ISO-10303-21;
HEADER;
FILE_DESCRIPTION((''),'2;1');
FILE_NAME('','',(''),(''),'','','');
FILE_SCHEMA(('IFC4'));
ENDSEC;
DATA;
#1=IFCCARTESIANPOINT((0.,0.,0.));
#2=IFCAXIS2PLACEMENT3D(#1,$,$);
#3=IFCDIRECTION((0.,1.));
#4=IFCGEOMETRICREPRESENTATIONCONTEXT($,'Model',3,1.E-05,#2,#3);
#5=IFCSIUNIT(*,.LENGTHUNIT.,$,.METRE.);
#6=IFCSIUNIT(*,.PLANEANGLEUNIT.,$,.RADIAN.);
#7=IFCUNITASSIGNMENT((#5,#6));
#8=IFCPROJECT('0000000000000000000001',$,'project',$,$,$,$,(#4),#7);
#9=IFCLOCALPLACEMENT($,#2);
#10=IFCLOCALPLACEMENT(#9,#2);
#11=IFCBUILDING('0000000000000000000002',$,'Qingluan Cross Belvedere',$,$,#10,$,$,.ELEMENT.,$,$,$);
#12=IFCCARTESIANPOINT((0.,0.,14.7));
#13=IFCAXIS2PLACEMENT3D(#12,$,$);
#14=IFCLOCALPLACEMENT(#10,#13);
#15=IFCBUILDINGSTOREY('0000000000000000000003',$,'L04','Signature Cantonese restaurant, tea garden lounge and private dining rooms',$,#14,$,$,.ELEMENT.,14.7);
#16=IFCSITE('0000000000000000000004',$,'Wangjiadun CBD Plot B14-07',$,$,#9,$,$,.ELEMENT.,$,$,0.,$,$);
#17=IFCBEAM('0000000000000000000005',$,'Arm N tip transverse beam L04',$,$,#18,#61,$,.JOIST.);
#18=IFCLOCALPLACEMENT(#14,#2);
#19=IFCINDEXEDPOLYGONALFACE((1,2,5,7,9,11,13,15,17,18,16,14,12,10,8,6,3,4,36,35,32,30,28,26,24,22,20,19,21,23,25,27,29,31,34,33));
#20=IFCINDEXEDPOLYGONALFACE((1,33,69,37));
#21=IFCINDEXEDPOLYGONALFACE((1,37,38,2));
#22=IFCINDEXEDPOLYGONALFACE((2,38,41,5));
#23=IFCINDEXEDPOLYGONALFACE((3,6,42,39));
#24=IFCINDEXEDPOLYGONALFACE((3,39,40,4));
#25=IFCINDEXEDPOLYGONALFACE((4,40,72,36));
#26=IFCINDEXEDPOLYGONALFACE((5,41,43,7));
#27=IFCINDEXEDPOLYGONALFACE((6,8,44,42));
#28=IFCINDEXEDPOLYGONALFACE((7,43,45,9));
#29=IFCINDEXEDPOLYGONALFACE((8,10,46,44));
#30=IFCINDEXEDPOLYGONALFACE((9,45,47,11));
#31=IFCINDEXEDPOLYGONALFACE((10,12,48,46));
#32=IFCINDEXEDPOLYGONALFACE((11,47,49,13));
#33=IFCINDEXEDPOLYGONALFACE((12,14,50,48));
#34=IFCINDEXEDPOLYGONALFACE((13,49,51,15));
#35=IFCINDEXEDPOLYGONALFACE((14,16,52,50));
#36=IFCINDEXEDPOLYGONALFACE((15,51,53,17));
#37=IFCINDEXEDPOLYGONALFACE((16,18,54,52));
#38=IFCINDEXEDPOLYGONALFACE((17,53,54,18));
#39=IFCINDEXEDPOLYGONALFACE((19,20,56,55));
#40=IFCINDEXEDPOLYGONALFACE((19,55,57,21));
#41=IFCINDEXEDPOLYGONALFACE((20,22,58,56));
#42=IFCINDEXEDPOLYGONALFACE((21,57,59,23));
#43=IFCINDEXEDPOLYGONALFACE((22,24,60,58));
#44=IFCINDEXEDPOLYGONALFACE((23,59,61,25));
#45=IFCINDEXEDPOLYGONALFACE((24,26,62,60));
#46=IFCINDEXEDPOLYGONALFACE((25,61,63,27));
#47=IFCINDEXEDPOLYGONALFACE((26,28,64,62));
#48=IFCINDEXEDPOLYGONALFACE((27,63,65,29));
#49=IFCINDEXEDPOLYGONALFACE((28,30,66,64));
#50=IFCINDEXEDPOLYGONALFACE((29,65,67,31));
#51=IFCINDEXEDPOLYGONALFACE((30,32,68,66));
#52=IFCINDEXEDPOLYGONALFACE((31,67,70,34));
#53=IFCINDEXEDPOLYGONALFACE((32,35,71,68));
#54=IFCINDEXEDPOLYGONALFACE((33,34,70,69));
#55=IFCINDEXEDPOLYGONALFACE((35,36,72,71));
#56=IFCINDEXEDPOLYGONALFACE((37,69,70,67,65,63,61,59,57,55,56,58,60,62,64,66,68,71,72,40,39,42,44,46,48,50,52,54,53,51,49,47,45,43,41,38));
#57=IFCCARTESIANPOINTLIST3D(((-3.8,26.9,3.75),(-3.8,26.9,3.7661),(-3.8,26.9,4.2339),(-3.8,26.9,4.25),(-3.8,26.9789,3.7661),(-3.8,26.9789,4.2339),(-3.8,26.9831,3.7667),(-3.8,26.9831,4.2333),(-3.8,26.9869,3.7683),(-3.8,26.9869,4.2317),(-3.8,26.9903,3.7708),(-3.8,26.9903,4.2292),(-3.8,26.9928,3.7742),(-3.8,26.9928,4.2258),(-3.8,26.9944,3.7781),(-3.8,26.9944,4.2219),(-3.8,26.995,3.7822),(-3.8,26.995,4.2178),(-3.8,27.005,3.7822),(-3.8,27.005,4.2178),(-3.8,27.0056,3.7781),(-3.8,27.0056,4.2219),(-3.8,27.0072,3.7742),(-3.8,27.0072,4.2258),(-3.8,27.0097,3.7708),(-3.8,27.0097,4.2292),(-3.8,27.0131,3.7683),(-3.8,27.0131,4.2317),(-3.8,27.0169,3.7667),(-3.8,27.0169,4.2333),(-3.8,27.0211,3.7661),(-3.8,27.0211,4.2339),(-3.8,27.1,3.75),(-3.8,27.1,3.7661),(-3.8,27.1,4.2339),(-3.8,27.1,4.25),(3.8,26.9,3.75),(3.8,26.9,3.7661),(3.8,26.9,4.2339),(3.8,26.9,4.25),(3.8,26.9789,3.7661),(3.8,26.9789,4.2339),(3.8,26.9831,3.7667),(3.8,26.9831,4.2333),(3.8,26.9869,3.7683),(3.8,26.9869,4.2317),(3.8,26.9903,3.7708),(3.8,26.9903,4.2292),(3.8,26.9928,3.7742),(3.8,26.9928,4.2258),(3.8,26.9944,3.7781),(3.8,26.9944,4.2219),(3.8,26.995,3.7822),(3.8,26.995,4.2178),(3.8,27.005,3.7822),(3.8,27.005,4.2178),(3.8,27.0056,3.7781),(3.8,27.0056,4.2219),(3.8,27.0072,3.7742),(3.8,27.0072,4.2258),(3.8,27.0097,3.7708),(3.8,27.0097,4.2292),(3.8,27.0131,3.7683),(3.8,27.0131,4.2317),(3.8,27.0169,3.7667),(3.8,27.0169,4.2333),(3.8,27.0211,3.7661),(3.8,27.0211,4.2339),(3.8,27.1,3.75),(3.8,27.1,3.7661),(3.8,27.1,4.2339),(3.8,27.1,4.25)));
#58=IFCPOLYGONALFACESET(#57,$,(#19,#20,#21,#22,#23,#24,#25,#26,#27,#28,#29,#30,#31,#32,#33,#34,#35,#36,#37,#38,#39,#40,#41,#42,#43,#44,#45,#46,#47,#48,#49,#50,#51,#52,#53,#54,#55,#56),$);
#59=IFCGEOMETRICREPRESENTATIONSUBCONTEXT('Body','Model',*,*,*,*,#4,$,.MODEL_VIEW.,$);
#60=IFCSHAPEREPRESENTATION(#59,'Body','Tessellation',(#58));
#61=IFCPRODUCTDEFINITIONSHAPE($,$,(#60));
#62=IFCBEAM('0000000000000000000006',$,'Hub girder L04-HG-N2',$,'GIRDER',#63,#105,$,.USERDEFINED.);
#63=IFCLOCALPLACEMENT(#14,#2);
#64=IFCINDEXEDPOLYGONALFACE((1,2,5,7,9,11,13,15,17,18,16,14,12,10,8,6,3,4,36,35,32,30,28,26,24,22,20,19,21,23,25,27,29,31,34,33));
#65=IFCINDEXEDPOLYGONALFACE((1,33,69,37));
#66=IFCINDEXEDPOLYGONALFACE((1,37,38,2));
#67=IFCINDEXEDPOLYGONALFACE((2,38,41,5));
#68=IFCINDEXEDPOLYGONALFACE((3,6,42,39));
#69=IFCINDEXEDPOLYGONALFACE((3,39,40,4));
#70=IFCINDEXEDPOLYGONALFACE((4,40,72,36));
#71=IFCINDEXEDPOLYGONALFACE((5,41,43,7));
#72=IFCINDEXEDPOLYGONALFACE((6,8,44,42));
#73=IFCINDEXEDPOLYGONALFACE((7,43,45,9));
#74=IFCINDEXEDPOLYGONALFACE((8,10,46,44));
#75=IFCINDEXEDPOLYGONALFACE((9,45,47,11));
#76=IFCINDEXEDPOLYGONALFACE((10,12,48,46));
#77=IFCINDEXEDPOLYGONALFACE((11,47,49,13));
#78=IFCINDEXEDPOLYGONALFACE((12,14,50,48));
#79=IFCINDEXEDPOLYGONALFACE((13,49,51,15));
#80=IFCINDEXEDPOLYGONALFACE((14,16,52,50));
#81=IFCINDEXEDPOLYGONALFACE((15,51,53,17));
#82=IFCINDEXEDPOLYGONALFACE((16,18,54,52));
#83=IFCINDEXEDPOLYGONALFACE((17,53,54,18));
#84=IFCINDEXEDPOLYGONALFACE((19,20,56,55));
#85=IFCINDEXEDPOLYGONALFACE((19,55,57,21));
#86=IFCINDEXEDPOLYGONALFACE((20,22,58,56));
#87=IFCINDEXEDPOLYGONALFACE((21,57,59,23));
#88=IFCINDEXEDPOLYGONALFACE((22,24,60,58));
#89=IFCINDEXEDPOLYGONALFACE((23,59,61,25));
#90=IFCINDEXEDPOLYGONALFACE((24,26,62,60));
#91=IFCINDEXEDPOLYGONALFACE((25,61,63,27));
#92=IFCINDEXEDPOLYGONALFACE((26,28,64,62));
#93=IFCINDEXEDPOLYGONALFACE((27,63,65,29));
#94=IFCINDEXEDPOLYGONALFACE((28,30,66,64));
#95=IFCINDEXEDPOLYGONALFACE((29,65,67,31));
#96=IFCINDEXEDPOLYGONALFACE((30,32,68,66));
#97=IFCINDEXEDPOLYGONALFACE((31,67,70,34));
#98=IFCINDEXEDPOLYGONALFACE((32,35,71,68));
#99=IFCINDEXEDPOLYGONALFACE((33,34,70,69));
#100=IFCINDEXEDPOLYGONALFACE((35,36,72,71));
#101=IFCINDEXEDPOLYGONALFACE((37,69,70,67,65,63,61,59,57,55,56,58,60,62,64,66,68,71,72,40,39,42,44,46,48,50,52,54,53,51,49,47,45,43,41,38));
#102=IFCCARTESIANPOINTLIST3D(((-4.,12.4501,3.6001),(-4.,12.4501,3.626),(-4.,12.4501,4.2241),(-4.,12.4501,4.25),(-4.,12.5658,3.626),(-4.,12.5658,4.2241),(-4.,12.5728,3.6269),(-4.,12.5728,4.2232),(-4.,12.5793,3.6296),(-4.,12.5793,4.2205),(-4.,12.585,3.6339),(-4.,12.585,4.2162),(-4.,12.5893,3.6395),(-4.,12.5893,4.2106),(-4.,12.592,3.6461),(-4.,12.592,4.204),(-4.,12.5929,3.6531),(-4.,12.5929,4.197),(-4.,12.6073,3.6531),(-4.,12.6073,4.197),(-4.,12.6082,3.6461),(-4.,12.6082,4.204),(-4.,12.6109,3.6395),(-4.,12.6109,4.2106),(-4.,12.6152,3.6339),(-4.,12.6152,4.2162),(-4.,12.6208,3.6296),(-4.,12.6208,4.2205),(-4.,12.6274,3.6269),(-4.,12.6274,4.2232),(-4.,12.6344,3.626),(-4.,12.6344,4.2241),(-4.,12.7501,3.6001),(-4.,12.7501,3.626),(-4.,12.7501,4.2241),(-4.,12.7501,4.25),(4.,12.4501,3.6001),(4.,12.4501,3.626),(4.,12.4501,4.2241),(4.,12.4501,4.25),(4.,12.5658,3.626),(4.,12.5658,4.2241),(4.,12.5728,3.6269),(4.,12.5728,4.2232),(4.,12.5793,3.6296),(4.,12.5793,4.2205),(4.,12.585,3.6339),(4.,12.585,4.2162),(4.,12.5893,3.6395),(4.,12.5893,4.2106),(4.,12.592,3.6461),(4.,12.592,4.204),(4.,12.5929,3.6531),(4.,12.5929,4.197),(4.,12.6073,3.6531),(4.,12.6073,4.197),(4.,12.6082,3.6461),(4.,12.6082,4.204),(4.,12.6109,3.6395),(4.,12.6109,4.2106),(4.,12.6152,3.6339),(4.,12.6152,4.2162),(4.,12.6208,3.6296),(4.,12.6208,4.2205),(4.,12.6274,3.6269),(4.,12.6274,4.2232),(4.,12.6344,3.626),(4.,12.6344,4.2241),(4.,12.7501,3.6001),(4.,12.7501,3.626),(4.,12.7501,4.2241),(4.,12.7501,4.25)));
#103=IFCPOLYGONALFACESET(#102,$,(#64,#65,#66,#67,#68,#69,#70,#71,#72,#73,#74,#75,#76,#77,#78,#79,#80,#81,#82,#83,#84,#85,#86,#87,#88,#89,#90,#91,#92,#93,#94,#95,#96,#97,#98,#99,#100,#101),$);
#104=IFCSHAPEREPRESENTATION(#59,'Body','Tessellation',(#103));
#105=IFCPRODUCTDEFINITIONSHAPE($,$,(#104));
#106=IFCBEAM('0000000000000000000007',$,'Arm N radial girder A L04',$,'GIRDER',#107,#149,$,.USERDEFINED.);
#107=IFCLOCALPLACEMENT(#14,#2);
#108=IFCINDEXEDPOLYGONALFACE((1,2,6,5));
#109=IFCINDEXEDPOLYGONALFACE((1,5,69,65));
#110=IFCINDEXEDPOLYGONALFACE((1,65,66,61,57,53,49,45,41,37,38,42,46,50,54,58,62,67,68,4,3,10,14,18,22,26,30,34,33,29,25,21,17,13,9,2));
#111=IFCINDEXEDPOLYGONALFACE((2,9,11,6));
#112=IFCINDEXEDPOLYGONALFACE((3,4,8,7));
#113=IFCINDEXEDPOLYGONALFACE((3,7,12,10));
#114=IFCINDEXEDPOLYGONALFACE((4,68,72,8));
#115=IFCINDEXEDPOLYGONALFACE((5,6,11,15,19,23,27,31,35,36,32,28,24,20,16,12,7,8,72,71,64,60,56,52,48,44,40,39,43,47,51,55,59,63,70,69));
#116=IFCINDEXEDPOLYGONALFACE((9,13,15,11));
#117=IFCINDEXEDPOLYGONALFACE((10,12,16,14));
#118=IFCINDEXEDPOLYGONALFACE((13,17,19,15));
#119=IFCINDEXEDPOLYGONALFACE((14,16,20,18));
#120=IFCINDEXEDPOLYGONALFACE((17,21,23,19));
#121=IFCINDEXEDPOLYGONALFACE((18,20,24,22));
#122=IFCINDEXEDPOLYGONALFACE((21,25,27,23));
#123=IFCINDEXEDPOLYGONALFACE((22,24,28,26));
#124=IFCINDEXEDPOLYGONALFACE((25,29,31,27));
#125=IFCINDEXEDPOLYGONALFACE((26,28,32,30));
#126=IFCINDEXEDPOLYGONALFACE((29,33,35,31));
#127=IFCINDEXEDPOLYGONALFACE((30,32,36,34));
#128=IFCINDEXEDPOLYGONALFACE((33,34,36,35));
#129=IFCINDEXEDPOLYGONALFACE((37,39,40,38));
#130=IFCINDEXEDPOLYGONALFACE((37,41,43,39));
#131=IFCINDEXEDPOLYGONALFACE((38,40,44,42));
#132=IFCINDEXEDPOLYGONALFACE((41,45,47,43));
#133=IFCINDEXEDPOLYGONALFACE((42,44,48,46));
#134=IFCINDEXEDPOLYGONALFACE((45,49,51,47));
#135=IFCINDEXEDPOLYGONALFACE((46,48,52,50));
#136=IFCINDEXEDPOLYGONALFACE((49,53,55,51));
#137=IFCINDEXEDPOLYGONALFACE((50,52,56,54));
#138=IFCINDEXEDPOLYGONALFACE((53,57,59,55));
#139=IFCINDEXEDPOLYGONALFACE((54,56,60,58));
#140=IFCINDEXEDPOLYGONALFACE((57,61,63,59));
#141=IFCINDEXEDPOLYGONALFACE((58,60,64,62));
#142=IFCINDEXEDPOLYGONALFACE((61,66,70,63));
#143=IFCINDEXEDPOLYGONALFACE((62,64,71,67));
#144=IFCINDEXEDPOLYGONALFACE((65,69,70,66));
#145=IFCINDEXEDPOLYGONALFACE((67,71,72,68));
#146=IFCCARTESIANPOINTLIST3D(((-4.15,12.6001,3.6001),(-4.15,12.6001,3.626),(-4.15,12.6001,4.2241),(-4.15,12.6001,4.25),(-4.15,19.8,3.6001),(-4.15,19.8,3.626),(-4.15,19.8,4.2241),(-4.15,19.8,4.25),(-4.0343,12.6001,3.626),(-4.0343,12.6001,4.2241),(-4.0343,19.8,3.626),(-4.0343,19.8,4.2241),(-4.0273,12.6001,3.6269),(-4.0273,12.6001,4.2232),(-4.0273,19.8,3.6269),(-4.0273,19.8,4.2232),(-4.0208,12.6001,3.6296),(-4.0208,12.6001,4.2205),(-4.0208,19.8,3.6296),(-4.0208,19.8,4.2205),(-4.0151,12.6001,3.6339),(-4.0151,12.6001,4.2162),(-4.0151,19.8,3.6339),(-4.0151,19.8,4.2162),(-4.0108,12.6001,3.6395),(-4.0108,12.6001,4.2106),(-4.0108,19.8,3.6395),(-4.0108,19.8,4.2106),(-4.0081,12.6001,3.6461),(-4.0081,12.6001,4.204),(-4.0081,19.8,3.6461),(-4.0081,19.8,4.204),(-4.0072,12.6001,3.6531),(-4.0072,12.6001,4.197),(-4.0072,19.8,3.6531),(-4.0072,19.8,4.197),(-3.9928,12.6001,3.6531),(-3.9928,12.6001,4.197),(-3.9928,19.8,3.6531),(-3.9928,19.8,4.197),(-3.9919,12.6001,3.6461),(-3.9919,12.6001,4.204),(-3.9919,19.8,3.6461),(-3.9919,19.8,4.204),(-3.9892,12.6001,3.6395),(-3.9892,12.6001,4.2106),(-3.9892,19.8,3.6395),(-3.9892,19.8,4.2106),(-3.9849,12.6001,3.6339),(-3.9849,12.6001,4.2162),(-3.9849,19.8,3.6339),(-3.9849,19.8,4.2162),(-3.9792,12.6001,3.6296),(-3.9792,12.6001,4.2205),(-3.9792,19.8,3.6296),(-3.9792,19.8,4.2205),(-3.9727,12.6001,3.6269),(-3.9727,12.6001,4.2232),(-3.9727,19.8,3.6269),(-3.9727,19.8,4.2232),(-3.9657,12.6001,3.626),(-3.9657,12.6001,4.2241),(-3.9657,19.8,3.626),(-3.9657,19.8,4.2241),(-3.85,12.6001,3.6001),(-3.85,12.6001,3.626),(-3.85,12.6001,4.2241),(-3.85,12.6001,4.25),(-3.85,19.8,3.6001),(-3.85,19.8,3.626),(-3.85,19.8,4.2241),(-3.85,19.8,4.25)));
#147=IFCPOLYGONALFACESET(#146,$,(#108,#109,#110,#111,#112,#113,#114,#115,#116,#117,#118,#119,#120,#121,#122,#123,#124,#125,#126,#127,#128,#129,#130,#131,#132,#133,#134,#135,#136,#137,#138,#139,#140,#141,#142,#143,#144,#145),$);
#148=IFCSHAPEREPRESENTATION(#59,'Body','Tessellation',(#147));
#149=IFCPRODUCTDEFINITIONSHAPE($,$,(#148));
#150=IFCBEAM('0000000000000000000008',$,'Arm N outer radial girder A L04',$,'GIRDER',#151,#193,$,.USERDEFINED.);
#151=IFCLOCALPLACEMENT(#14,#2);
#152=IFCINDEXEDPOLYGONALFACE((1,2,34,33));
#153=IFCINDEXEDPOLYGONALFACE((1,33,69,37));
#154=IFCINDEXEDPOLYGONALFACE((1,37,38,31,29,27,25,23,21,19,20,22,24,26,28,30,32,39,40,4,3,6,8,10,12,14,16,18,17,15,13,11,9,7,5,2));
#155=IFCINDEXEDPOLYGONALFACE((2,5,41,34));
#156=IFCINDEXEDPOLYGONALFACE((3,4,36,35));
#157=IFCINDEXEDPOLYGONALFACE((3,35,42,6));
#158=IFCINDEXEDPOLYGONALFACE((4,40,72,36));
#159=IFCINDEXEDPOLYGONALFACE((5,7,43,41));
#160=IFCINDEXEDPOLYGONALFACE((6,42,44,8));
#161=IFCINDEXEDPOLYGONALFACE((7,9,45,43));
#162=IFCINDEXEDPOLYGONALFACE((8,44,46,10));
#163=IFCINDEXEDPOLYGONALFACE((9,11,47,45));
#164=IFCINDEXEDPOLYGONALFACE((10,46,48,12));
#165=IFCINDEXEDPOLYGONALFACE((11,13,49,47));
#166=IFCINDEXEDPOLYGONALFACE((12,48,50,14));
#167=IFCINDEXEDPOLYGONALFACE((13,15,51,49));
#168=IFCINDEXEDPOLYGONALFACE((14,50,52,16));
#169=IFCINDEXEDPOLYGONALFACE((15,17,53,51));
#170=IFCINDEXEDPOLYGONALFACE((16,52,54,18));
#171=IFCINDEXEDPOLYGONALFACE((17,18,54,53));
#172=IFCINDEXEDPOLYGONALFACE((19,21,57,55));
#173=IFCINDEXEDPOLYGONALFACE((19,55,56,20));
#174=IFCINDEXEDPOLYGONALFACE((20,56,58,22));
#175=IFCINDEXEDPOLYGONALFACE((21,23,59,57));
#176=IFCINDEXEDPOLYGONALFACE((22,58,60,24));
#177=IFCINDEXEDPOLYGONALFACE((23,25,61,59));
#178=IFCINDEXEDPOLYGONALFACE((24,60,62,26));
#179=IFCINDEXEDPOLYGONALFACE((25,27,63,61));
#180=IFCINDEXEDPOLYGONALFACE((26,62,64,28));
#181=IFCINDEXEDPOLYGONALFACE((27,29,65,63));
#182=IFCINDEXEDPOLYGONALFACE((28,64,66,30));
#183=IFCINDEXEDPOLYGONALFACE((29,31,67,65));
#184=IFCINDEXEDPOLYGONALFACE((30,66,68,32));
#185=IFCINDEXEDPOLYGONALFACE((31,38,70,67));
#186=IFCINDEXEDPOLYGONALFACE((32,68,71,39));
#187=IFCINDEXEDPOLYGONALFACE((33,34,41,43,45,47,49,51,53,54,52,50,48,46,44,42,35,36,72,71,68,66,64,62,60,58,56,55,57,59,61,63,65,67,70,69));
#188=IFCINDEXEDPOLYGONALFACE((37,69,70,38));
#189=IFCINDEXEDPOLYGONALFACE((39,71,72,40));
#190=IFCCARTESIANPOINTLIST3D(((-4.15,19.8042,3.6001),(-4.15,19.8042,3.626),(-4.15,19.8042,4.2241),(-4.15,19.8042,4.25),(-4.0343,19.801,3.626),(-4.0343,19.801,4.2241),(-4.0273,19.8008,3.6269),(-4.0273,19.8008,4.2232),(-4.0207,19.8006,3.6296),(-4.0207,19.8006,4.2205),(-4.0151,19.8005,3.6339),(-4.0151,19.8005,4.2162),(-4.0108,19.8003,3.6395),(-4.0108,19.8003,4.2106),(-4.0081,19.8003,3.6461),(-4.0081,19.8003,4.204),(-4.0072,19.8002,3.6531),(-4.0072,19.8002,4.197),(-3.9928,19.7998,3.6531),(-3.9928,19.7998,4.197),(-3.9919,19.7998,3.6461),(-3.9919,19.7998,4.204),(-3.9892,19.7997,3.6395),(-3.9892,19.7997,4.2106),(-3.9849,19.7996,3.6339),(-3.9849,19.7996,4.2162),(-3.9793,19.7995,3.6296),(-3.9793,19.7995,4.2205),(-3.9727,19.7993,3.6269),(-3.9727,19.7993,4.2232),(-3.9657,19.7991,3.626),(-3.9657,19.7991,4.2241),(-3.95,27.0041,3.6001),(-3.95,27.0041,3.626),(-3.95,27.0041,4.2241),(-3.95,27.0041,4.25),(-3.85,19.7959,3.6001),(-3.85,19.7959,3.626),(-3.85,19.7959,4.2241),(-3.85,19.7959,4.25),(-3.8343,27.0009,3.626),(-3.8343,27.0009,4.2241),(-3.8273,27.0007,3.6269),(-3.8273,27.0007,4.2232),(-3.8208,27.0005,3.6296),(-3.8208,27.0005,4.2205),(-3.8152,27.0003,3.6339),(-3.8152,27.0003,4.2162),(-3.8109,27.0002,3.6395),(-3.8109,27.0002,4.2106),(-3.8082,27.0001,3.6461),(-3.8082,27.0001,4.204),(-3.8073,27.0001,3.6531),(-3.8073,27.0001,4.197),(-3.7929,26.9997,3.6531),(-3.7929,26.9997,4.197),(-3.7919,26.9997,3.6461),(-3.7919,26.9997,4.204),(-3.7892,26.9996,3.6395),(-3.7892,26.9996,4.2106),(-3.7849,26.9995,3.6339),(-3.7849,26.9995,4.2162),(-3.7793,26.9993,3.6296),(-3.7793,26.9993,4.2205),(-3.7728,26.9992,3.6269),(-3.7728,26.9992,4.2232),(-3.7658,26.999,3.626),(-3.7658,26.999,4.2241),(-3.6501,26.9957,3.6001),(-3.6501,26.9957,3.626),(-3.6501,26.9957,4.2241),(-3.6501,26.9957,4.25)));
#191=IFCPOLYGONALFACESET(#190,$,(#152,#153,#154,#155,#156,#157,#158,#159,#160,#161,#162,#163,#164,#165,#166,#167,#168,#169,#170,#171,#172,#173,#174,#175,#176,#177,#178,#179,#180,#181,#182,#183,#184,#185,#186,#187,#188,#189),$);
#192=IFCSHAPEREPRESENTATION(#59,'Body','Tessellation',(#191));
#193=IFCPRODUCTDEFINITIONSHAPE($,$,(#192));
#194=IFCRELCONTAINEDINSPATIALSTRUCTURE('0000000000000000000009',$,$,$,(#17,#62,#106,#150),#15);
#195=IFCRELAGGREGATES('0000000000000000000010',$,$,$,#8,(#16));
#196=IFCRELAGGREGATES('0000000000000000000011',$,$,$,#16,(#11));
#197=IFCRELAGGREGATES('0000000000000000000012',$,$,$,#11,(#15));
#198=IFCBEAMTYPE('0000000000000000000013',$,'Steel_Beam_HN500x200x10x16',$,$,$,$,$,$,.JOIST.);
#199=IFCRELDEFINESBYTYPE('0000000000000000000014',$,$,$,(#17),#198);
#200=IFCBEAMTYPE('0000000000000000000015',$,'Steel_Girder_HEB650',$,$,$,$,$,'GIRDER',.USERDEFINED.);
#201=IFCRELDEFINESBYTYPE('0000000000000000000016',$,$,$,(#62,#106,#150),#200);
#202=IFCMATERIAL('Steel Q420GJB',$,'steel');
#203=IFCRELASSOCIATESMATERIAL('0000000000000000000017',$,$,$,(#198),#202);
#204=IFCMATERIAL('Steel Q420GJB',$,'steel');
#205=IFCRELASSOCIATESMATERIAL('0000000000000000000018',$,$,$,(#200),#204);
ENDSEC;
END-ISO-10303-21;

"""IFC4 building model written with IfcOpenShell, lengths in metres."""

from ifc_helpers import new_model, si_unit, direction, frame, origin, origin_2d, place, context, subcontext, project, spatial, i_section, extrude, material, material_profile, profile_set, type_object, element, save


model = new_model("IFC4")

# Units and contexts
model_context = context("Model", 3, precision=1e-05, world=origin(), true_north=direction((0.0, 1.0)))
body_context = subcontext(model_context, "Body", "Model", "MODEL_VIEW")
ifc_project = project(units=[si_unit("LENGTHUNIT", "METRE"), si_unit("PLANEANGLEUNIT", "RADIAN")], contexts=[model_context])

# Site, building, storey
site_placement = place(None, origin())
site = spatial("IfcSite", under=ifc_project, at=site_placement, Name="Wangjiadun CBD Plot B14-07", CompositionType="ELEMENT", RefElevation=0.0)
building_placement = place(site_placement, origin())
building = spatial("IfcBuilding", under=site, at=building_placement, Name="Qingluan Cross Belvedere", CompositionType="ELEMENT")
storey_placement = place(building_placement, frame((0.0, 0.0, 14.7)))
storey = spatial("IfcBuildingStorey", under=building, at=storey_placement, Name="L04", Description="Signature Cantonese restaurant, tea garden lounge and private dining rooms", CompositionType="ELEMENT", Elevation=14.7)

# Beams
ifc_material_1 = material(Name="Steel Q420GJB", Category="steel")
ifc_material_profile_1 = material_profile(ifc_material_1, i_section(OverallWidth=0.2, OverallDepth=0.5, WebThickness=0.01, FlangeThickness=0.0161, FilletRadius=0.0161, at=origin_2d()), Name="HN500x200x10x16")
ifc_profile_set_1 = profile_set([ifc_material_profile_1], Name="Steel Q420GJB")
beam_type_1 = type_object("IfcBeamType", Name="Steel_Beam_HN500x200x10x16", PredefinedType="JOIST", material=ifc_profile_set_1)
beam_1_placement = place(storey_placement, frame((-3.8, 27.0, 4.0), z_axis=(1.0, 0.0, 0.0), x_axis=(0.0, 1.0, 0.0)))
element("IfcBeam", 1, at=beam_1_placement, inside=storey, type_object=beam_type_1, Name="Arm N tip transverse beam L04", PredefinedType="JOIST", context=body_context, shape_type="SweptSolid", body=[
    extrude(i_section(OverallWidth=0.2, OverallDepth=0.5, WebThickness=0.01, FlangeThickness=0.0161, FilletRadius=0.0161, at=origin_2d()), origin(), (0.0, 0.0, 1.0), 7.6001),
])
ifc_material_2 = material(Name="Steel Q420GJB", Category="steel")
ifc_material_profile_2 = material_profile(ifc_material_2, i_section(OverallWidth=0.3, OverallDepth=0.6499, WebThickness=0.0144, FlangeThickness=0.0259, FilletRadius=0.0271, at=origin_2d()), Name="HEB650")
ifc_profile_set_2 = profile_set([ifc_material_profile_2], Name="Steel Q420GJB")
beam_type_2 = type_object("IfcBeamType", Name="Steel_Girder_HEB650", ElementType="GIRDER", PredefinedType="USERDEFINED", material=ifc_profile_set_2)
beam_2_placement = place(storey_placement, frame((-4.0, 12.6001, 3.925), z_axis=(1.0, 0.0, 0.0), x_axis=(0.0, 1.0, 0.0)))
element("IfcBeam", 2, at=beam_2_placement, inside=storey, type_object=beam_type_2, Name="Hub girder L04-HG-N2", ObjectType="GIRDER", PredefinedType="USERDEFINED", context=body_context, shape_type="SweptSolid", body=[
    extrude(i_section(OverallWidth=0.3, OverallDepth=0.6499, WebThickness=0.0144, FlangeThickness=0.0259, FilletRadius=0.0271, at=origin_2d()), origin(), (0.0, 0.0, 1.0), 8.0),
])
beam_3_placement = place(storey_placement, frame((-4.0, 12.6001, 3.925), z_axis=(0.0, 1.0, 0.0), x_axis=(-1.0, 0.0, 0.0)))
element("IfcBeam", 3, at=beam_3_placement, inside=storey, type_object=beam_type_2, Name="Arm N radial girder A L04", ObjectType="GIRDER", PredefinedType="USERDEFINED", context=body_context, shape_type="SweptSolid", body=[
    extrude(i_section(OverallWidth=0.3, OverallDepth=0.6499, WebThickness=0.0144, FlangeThickness=0.0259, FilletRadius=0.0271, at=origin_2d()), origin(), (0.0, 0.0, 1.0), 7.2),
])
beam_4_placement = place(storey_placement, frame((-4.0, 19.8, 3.925), z_axis=(0.02776, 0.999615, 0.0), x_axis=(-0.999615, 0.02776, 0.0)))
element("IfcBeam", 4, at=beam_4_placement, inside=storey, type_object=beam_type_2, Name="Arm N outer radial girder A L04", ObjectType="GIRDER", PredefinedType="USERDEFINED", context=body_context, shape_type="SweptSolid", body=[
    extrude(i_section(OverallWidth=0.3, OverallDepth=0.6499, WebThickness=0.0144, FlangeThickness=0.0259, FilletRadius=0.0271, at=origin_2d()), origin(), (0.0, 0.0, 1.0), 7.2026),
])

save(model, "model.ifc")
